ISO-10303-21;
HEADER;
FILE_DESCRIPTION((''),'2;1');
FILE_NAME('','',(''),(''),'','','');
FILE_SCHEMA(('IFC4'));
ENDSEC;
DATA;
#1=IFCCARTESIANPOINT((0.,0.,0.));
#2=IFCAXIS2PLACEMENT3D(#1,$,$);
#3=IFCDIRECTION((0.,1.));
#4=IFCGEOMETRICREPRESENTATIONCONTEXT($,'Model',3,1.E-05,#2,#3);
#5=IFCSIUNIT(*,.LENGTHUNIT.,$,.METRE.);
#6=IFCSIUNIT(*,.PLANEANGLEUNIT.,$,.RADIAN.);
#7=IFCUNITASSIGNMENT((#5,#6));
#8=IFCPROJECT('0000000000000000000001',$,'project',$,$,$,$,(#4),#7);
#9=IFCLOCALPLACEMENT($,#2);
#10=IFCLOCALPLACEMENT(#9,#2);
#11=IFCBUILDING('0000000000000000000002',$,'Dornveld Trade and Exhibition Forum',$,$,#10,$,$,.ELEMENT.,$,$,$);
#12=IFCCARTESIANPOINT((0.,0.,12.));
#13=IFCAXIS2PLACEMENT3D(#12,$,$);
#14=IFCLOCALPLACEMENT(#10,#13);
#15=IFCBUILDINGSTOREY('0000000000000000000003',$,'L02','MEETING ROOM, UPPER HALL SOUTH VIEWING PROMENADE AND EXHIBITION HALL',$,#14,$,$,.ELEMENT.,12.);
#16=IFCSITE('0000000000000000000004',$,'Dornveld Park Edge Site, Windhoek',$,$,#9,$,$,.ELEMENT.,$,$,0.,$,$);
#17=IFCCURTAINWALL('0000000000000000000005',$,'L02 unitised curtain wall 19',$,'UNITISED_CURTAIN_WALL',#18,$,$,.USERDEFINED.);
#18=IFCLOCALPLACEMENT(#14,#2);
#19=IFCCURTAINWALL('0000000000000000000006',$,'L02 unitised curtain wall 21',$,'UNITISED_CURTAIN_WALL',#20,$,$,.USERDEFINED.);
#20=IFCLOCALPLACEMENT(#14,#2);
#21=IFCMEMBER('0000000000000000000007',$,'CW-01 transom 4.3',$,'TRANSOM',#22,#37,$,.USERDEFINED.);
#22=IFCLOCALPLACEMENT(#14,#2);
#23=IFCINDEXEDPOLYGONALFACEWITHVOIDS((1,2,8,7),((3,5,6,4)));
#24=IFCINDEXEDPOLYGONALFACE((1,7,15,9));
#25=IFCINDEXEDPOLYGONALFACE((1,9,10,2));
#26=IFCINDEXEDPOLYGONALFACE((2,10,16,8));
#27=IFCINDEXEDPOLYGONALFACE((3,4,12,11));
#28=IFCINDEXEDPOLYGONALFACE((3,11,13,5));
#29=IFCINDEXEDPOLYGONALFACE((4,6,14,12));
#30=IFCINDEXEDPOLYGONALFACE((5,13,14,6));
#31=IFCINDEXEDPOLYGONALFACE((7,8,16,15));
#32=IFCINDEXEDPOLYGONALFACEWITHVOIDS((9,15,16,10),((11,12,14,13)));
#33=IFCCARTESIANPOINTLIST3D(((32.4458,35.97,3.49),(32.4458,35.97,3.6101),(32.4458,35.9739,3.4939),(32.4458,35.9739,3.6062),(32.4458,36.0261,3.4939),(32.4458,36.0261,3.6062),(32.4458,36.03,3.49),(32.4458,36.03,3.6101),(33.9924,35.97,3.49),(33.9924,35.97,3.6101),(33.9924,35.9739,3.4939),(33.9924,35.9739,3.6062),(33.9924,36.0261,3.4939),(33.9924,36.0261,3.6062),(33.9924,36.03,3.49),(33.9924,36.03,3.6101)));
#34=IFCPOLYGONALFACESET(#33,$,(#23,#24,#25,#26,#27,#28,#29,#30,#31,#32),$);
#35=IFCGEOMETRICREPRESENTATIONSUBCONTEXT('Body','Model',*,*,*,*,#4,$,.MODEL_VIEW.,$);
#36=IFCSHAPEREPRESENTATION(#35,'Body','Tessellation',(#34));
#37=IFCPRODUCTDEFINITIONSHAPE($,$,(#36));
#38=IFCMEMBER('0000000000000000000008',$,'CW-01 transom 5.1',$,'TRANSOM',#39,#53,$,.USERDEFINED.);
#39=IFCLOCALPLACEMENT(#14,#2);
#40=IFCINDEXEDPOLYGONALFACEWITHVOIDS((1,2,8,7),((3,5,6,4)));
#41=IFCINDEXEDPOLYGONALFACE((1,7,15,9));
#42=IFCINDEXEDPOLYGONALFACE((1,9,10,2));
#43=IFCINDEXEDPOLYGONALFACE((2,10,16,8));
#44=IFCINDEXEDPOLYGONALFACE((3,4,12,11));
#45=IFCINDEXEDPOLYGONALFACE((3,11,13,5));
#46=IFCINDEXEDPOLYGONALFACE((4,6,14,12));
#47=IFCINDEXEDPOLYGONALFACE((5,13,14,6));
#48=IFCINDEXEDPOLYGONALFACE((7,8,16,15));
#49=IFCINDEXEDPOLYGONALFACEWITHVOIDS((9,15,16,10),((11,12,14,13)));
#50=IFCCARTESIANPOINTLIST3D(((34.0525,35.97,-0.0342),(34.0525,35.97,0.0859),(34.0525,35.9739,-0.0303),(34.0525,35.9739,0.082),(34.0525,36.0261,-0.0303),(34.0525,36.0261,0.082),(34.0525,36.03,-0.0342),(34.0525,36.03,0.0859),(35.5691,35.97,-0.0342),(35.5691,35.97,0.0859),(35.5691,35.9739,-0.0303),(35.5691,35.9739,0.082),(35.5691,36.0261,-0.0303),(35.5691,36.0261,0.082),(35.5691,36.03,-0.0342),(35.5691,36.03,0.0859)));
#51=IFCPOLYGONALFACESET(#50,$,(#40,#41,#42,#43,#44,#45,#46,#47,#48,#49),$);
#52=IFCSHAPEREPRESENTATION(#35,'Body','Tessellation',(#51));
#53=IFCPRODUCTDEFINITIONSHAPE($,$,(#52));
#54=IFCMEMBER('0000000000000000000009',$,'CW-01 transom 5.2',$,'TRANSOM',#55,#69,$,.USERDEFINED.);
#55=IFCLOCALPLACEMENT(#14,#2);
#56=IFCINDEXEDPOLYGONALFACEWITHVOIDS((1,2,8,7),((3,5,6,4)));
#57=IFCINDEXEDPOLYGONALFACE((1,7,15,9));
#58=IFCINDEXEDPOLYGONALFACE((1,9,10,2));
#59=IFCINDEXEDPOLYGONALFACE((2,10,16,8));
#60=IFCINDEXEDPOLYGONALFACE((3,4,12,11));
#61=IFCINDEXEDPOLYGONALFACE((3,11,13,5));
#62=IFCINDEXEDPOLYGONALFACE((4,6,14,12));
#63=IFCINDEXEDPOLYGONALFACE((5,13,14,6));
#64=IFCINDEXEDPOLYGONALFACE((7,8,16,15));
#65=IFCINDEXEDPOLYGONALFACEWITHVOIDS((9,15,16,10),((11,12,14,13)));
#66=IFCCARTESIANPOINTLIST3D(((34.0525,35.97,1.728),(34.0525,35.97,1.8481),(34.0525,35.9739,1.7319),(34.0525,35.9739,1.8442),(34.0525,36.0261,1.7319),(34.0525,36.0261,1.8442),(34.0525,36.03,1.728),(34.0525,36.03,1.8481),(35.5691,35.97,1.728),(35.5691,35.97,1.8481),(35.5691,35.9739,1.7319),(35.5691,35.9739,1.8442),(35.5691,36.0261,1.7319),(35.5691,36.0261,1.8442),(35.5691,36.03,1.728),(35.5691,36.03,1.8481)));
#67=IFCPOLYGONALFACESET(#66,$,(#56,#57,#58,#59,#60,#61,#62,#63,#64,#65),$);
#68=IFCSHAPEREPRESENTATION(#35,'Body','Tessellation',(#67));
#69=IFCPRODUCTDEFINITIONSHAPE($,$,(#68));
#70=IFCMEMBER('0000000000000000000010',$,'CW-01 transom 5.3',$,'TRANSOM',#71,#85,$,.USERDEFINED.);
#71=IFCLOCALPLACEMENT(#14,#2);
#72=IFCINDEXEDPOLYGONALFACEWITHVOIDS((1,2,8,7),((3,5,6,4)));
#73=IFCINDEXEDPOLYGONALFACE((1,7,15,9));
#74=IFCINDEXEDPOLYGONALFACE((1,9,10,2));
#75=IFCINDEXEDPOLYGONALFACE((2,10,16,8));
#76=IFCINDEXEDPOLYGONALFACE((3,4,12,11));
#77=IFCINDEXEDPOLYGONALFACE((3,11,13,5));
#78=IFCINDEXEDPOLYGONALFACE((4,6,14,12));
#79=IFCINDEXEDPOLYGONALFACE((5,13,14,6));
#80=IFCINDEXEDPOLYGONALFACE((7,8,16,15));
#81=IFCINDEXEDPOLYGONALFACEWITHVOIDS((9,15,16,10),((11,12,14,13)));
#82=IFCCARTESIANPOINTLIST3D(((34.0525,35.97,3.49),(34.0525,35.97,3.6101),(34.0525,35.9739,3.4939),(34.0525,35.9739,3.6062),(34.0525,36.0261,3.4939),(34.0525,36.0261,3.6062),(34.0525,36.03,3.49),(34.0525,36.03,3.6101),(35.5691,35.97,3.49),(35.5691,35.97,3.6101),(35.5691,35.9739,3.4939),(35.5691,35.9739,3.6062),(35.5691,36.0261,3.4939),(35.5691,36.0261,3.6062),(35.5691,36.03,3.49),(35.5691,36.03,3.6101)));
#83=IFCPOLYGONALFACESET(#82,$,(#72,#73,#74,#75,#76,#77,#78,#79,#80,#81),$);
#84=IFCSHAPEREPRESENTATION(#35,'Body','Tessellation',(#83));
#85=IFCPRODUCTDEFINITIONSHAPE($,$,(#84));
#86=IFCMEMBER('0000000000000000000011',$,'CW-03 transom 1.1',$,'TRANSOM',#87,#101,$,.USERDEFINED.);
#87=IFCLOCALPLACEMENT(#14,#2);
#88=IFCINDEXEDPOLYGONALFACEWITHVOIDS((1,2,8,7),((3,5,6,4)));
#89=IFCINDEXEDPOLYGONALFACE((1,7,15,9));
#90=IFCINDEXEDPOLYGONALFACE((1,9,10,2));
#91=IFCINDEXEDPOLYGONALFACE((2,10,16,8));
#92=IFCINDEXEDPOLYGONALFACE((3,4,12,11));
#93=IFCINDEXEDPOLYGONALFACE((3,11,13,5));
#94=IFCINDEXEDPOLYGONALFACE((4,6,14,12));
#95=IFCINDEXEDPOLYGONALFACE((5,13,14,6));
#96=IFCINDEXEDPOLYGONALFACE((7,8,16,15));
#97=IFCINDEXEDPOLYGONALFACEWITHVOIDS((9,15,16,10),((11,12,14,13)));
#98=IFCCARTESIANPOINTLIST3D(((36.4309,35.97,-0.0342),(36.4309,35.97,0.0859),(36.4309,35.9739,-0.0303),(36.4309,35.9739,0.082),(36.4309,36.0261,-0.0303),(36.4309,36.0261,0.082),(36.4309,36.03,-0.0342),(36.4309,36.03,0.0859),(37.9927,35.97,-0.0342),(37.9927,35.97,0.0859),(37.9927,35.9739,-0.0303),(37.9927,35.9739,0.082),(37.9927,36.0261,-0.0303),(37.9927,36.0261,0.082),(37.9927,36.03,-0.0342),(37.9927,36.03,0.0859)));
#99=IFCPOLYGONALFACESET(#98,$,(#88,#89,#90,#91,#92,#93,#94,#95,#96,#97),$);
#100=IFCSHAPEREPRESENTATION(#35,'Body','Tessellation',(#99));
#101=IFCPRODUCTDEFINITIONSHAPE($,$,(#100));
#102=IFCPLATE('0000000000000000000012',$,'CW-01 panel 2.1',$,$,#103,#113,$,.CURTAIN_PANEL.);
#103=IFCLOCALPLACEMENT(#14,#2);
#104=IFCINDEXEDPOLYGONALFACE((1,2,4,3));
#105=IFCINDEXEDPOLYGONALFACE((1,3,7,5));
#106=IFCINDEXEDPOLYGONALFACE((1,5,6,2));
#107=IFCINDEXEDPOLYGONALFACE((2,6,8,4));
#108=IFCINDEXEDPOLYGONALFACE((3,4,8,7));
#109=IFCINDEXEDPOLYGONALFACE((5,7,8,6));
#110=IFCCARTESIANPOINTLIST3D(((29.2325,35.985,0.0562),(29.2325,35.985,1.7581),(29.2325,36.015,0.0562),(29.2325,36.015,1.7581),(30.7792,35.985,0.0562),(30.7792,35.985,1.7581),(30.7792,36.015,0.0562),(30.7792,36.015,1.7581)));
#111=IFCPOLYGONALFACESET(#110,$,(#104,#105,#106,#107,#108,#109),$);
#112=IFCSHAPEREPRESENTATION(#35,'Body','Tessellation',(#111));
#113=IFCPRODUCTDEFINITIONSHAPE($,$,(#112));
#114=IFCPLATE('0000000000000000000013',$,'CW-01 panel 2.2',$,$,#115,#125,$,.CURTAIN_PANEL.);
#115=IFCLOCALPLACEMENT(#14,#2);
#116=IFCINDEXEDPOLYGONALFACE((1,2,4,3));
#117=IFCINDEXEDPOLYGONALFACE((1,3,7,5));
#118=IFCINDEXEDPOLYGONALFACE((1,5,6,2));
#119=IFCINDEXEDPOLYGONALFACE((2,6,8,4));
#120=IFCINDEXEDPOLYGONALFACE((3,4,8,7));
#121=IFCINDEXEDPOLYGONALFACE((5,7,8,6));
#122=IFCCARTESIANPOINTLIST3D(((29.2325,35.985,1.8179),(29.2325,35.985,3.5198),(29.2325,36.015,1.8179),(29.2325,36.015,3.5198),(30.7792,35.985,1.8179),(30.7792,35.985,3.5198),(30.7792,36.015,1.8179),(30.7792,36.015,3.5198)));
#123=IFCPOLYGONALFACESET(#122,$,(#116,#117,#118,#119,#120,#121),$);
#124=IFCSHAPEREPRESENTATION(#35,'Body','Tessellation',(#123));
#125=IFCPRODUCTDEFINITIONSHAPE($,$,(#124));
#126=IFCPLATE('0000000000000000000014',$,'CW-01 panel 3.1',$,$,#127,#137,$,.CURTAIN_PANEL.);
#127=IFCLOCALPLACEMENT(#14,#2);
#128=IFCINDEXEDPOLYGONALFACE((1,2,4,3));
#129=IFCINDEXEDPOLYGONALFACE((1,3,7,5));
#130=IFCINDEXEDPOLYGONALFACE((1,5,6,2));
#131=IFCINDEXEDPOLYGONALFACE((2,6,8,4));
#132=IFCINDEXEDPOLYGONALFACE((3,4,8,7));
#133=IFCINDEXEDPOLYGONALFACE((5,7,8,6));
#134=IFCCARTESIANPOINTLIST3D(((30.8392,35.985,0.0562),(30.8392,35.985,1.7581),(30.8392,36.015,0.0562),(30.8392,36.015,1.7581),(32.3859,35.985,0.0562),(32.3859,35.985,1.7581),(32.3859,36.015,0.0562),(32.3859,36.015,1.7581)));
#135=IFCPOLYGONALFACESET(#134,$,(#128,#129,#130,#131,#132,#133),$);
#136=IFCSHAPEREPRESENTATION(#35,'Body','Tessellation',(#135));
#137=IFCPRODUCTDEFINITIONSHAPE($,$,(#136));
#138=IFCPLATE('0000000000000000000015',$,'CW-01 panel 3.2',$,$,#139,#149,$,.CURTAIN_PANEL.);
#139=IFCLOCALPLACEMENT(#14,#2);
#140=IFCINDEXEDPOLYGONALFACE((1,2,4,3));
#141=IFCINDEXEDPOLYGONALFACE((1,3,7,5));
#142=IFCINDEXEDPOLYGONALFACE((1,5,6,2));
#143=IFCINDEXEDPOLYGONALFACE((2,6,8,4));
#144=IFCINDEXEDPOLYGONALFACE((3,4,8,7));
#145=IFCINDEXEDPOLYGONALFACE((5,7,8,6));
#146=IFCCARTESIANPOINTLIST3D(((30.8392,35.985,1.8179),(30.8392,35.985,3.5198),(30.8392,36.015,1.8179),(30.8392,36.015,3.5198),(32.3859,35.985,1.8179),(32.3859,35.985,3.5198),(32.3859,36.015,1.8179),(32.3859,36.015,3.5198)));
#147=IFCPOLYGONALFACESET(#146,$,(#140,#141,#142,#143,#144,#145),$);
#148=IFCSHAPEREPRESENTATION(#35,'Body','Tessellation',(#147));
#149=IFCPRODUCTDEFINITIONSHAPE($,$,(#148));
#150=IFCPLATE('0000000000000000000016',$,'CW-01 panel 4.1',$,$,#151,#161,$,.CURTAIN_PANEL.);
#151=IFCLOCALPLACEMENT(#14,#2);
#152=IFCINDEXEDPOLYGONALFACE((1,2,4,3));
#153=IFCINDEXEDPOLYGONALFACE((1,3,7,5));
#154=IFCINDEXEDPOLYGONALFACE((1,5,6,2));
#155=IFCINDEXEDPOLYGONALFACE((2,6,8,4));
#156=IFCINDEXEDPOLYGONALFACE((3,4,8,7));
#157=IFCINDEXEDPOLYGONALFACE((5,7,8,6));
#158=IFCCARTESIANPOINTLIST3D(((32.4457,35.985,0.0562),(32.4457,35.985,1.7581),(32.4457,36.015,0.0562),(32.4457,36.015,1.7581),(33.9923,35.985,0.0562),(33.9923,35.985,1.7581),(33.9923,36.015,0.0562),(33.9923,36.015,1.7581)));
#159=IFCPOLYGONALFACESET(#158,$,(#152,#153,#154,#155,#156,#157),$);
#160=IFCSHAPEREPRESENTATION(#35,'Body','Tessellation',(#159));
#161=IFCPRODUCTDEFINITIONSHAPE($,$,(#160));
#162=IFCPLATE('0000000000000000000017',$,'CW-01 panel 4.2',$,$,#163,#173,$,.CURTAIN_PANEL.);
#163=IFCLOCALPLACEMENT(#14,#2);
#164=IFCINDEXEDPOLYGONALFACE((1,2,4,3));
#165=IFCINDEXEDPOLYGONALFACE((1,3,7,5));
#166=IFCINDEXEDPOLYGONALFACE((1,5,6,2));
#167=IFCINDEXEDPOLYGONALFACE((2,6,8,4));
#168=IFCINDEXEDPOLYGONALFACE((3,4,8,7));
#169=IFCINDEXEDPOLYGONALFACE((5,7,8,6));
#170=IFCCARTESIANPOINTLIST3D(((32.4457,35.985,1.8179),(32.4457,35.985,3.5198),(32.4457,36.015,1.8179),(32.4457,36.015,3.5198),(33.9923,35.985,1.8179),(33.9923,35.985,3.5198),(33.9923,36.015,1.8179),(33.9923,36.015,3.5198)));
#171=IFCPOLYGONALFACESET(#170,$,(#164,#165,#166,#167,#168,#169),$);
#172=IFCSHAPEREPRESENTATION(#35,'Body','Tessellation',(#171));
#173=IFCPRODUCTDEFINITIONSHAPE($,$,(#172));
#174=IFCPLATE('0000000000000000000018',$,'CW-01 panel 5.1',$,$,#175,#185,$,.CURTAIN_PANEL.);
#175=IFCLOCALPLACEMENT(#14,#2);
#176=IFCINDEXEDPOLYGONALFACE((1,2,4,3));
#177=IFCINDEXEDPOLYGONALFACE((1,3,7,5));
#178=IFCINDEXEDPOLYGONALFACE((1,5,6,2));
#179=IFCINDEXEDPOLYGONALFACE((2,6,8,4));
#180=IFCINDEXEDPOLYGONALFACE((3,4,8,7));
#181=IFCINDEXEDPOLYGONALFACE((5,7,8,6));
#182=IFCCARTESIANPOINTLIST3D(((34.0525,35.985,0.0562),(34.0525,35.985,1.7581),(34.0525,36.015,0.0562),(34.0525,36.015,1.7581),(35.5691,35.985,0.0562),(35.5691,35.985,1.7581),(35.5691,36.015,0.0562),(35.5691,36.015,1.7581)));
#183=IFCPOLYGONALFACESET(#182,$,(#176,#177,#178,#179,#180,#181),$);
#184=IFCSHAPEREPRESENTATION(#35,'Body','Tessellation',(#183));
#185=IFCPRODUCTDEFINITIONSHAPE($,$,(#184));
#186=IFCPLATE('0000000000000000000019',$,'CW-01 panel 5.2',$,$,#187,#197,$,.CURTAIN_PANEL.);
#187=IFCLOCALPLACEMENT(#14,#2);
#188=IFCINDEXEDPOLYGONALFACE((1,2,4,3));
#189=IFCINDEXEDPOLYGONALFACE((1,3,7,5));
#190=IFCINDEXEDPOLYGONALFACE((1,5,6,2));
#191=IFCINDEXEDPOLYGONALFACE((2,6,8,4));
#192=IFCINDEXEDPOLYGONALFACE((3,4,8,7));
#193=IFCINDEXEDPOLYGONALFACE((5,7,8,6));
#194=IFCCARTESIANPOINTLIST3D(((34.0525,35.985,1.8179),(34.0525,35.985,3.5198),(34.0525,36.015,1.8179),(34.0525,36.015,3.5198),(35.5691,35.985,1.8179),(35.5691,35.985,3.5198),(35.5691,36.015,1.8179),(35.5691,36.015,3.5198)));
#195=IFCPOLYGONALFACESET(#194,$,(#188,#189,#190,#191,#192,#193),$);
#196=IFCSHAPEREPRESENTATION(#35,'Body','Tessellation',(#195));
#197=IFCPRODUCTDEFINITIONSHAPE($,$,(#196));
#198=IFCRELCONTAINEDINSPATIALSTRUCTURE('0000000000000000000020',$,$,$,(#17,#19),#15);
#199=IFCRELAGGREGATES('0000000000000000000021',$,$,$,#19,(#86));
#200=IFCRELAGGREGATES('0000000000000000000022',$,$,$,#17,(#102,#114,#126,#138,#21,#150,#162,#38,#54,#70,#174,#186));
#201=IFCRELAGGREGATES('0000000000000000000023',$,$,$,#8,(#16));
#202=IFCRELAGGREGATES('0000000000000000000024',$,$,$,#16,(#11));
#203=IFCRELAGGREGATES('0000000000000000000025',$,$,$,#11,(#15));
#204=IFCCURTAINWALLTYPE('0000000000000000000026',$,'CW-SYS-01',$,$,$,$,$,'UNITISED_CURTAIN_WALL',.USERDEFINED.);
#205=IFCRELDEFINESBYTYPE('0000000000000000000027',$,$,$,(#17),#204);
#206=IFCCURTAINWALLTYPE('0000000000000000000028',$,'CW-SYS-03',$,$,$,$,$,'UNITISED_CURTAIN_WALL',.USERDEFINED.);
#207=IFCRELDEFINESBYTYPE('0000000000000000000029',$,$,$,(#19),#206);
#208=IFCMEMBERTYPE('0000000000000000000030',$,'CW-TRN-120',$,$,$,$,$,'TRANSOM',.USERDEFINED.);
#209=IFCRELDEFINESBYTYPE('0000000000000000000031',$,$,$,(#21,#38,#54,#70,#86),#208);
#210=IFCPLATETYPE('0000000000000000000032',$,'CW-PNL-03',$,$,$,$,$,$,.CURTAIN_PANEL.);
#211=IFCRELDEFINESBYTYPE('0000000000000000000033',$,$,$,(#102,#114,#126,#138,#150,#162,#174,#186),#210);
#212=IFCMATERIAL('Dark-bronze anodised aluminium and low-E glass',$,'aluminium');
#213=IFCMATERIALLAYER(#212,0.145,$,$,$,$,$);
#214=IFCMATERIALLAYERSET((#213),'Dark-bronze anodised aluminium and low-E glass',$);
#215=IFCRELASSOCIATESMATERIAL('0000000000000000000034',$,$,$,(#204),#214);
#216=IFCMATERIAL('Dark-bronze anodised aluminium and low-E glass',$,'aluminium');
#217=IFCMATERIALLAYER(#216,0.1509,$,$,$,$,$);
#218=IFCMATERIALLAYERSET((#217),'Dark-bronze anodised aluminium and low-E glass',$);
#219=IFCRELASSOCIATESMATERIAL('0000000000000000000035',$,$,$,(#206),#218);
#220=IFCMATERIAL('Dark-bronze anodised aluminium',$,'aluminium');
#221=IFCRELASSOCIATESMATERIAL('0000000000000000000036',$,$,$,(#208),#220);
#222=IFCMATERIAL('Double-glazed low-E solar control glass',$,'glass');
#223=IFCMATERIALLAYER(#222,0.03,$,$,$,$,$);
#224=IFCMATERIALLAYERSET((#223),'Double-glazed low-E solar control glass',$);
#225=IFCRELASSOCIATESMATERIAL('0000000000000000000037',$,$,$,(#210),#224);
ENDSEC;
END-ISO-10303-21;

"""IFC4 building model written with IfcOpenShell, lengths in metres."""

from ifc_helpers import new_model, si_unit, direction, frame, origin, origin_2d, place, context, subcontext, project, spatial, rectangle, hollow_rectangle, extrude, material, layer, layer_set, material_profile, profile_set, type_object, element, aggregate, save


model = new_model("IFC4")

# Units and contexts
model_context = context("Model", 3, precision=1e-05, world=origin(), true_north=direction((0.0, 1.0)))
body_context = subcontext(model_context, "Body", "Model", "MODEL_VIEW")
ifc_project = project(units=[si_unit("LENGTHUNIT", "METRE"), si_unit("PLANEANGLEUNIT", "RADIAN")], contexts=[model_context])

# Site, building, storey
site_placement = place(None, origin())
site = spatial("IfcSite", under=ifc_project, at=site_placement, Name="Dornveld Park Edge Site, Windhoek", CompositionType="ELEMENT", RefElevation=0.0)
building_placement = place(site_placement, origin())
building = spatial("IfcBuilding", under=site, at=building_placement, Name="Dornveld Trade and Exhibition Forum", CompositionType="ELEMENT")
storey_placement = place(building_placement, frame((0.0, 0.0, 12.0)))
storey = spatial("IfcBuildingStorey", under=building, at=storey_placement, Name="L02", Description="MEETING ROOM, UPPER HALL SOUTH VIEWING PROMENADE AND EXHIBITION HALL", CompositionType="ELEMENT", Elevation=12.0)

# Curtain wall
ifc_material_1 = material(Name="Dark-bronze anodised aluminium and low-E glass", Category="aluminium")
ifc_layer_1 = layer(ifc_material_1, 0.145)
ifc_layer_set_1 = layer_set([ifc_layer_1], Name="Dark-bronze anodised aluminium and low-E glass")
curtain_wall_type_1 = type_object("IfcCurtainWallType", Name="CW-SYS-01", ElementType="UNITISED_CURTAIN_WALL", PredefinedType="USERDEFINED", material=ifc_layer_set_1)
curtain_wall_1_placement = place(storey_placement, origin())
curtain_wall_1 = element("IfcCurtainWall", 1, at=curtain_wall_1_placement, inside=storey, type_object=curtain_wall_type_1, Name="L02 unitised curtain wall 19", ObjectType="UNITISED_CURTAIN_WALL", PredefinedType="USERDEFINED")

# Curtain wall
ifc_material_2 = material(Name="Dark-bronze anodised aluminium and low-E glass", Category="aluminium")
ifc_layer_2 = layer(ifc_material_2, 0.1509)
ifc_layer_set_2 = layer_set([ifc_layer_2], Name="Dark-bronze anodised aluminium and low-E glass")
curtain_wall_type_2 = type_object("IfcCurtainWallType", Name="CW-SYS-03", ElementType="UNITISED_CURTAIN_WALL", PredefinedType="USERDEFINED", material=ifc_layer_set_2)
curtain_wall_2_placement = place(storey_placement, origin())
curtain_wall_2 = element("IfcCurtainWall", 2, at=curtain_wall_2_placement, inside=storey, type_object=curtain_wall_type_2, Name="L02 unitised curtain wall 21", ObjectType="UNITISED_CURTAIN_WALL", PredefinedType="USERDEFINED")

# Members
ifc_material_3 = material(Name="Dark-bronze anodised aluminium", Category="aluminium")
ifc_material_profile_1 = material_profile(ifc_material_3, hollow_rectangle(XDim=0.0601, YDim=0.1201, WallThickness=0.0039, at=origin_2d()), Name="RHS 120x60x4")
ifc_profile_set_1 = profile_set([ifc_material_profile_1], Name="Dark-bronze anodised aluminium")
member_type_1 = type_object("IfcMemberType", Name="CW-TRN-120", ElementType="TRANSOM", PredefinedType="USERDEFINED", material=ifc_profile_set_1)
member_1_placement = place(storey_placement, frame((32.4458, 36.0, 3.55), z_axis=(1.0, 0.0, 0.0), x_axis=(0.0, 1.0, 0.0)))
member_1 = element("IfcMember", 3, at=member_1_placement, type_object=member_type_1, Name="CW-01 transom 4.3", ObjectType="TRANSOM", PredefinedType="USERDEFINED", context=body_context, shape_type="SweptSolid", body=[
    extrude(hollow_rectangle(XDim=0.0601, YDim=0.1201, WallThickness=0.0039, at=origin_2d()), origin(), (0.0, 0.0, 1.0), 1.5466),
])
member_2_placement = place(storey_placement, frame((34.0525, 36.0, 0.0259), z_axis=(1.0, 0.0, 0.0), x_axis=(0.0, 1.0, 0.0)))
member_2 = element("IfcMember", 4, at=member_2_placement, type_object=member_type_1, Name="CW-01 transom 5.1", ObjectType="TRANSOM", PredefinedType="USERDEFINED", context=body_context, shape_type="SweptSolid", body=[
    extrude(hollow_rectangle(XDim=0.0601, YDim=0.1201, WallThickness=0.0039, at=origin_2d()), origin(), (0.0, 0.0, 1.0), 1.5166),
])
member_3_placement = place(storey_placement, frame((34.0525, 36.0, 1.7881), z_axis=(1.0, 0.0, 0.0), x_axis=(0.0, 1.0, 0.0)))
member_3 = element("IfcMember", 5, at=member_3_placement, type_object=member_type_1, Name="CW-01 transom 5.2", ObjectType="TRANSOM", PredefinedType="USERDEFINED", context=body_context, shape_type="SweptSolid", body=[
    extrude(hollow_rectangle(XDim=0.0601, YDim=0.1201, WallThickness=0.0039, at=origin_2d()), origin(), (0.0, 0.0, 1.0), 1.5166),
])
member_4_placement = place(storey_placement, frame((34.0525, 36.0, 3.55), z_axis=(1.0, 0.0, 0.0), x_axis=(0.0, 1.0, 0.0)))
member_4 = element("IfcMember", 6, at=member_4_placement, type_object=member_type_1, Name="CW-01 transom 5.3", ObjectType="TRANSOM", PredefinedType="USERDEFINED", context=body_context, shape_type="SweptSolid", body=[
    extrude(hollow_rectangle(XDim=0.0601, YDim=0.1201, WallThickness=0.0039, at=origin_2d()), origin(), (0.0, 0.0, 1.0), 1.5166),
])
member_5_placement = place(storey_placement, frame((36.4309, 36.0, 0.0259), z_axis=(1.0, 0.0, 0.0), x_axis=(0.0, 1.0, 0.0)))
member_5 = element("IfcMember", 7, at=member_5_placement, type_object=member_type_1, Name="CW-03 transom 1.1", ObjectType="TRANSOM", PredefinedType="USERDEFINED", context=body_context, shape_type="SweptSolid", body=[
    extrude(hollow_rectangle(XDim=0.0601, YDim=0.1201, WallThickness=0.0039, at=origin_2d()), origin(), (0.0, 0.0, 1.0), 1.5618),
])
aggregate(curtain_wall_2, [member_5])

# Plates
ifc_material_4 = material(Name="Double-glazed low-E solar control glass", Category="glass")
ifc_layer_3 = layer(ifc_material_4, 0.03)
ifc_layer_set_3 = layer_set([ifc_layer_3], Name="Double-glazed low-E solar control glass")
plate_type = type_object("IfcPlateType", Name="CW-PNL-03", PredefinedType="CURTAIN_PANEL", material=ifc_layer_set_3)
plate_1_placement = place(storey_placement, frame((30.0059, 36.0, 0.0562), z_axis=(0.0, 0.0, 1.0), x_axis=(1.0, 0.0, 0.0)))
plate_1 = element("IfcPlate", 8, at=plate_1_placement, type_object=plate_type, Name="CW-01 panel 2.1", PredefinedType="CURTAIN_PANEL", context=body_context, shape_type="SweptSolid", body=[
    extrude(rectangle(XDim=1.5466, YDim=0.03, at=origin_2d()), origin(), (0.0, 0.0, 1.0), 1.7019),
])
plate_2_placement = place(storey_placement, frame((30.0059, 36.0, 1.8179), z_axis=(0.0, 0.0, 1.0), x_axis=(1.0, 0.0, 0.0)))
plate_2 = element("IfcPlate", 9, at=plate_2_placement, type_object=plate_type, Name="CW-01 panel 2.2", PredefinedType="CURTAIN_PANEL", context=body_context, shape_type="SweptSolid", body=[
    extrude(rectangle(XDim=1.5466, YDim=0.03, at=origin_2d()), origin(), (0.0, 0.0, 1.0), 1.7019),
])
plate_3_placement = place(storey_placement, frame((31.6125, 36.0, 0.0562), z_axis=(0.0, 0.0, 1.0), x_axis=(1.0, 0.0, 0.0)))
plate_3 = element("IfcPlate", 10, at=plate_3_placement, type_object=plate_type, Name="CW-01 panel 3.1", PredefinedType="CURTAIN_PANEL", context=body_context, shape_type="SweptSolid", body=[
    extrude(rectangle(XDim=1.5466, YDim=0.03, at=origin_2d()), origin(), (0.0, 0.0, 1.0), 1.7019),
])
plate_4_placement = place(storey_placement, frame((31.6125, 36.0, 1.8179), z_axis=(0.0, 0.0, 1.0), x_axis=(1.0, 0.0, 0.0)))
plate_4 = element("IfcPlate", 11, at=plate_4_placement, type_object=plate_type, Name="CW-01 panel 3.2", PredefinedType="CURTAIN_PANEL", context=body_context, shape_type="SweptSolid", body=[
    extrude(rectangle(XDim=1.5466, YDim=0.03, at=origin_2d()), origin(), (0.0, 0.0, 1.0), 1.7019),
])
plate_5_placement = place(storey_placement, frame((33.219, 36.0, 0.0562), z_axis=(0.0, 0.0, 1.0), x_axis=(1.0, 0.0, 0.0)))
plate_5 = element("IfcPlate", 12, at=plate_5_placement, type_object=plate_type, Name="CW-01 panel 4.1", PredefinedType="CURTAIN_PANEL", context=body_context, shape_type="SweptSolid", body=[
    extrude(rectangle(XDim=1.5466, YDim=0.03, at=origin_2d()), origin(), (0.0, 0.0, 1.0), 1.7019),
])
plate_6_placement = place(storey_placement, frame((33.219, 36.0, 1.8179), z_axis=(0.0, 0.0, 1.0), x_axis=(1.0, 0.0, 0.0)))
plate_6 = element("IfcPlate", 13, at=plate_6_placement, type_object=plate_type, Name="CW-01 panel 4.2", PredefinedType="CURTAIN_PANEL", context=body_context, shape_type="SweptSolid", body=[
    extrude(rectangle(XDim=1.5466, YDim=0.03, at=origin_2d()), origin(), (0.0, 0.0, 1.0), 1.7019),
])
plate_7_placement = place(storey_placement, frame((34.8108, 36.0, 0.0562), z_axis=(0.0, 0.0, 1.0), x_axis=(1.0, 0.0, 0.0)))
plate_7 = element("IfcPlate", 14, at=plate_7_placement, type_object=plate_type, Name="CW-01 panel 5.1", PredefinedType="CURTAIN_PANEL", context=body_context, shape_type="SweptSolid", body=[
    extrude(rectangle(XDim=1.5166, YDim=0.03, at=origin_2d()), origin(), (0.0, 0.0, 1.0), 1.7019),
])
plate_8_placement = place(storey_placement, frame((34.8108, 36.0, 1.8179), z_axis=(0.0, 0.0, 1.0), x_axis=(1.0, 0.0, 0.0)))
plate_8 = element("IfcPlate", 15, at=plate_8_placement, type_object=plate_type, Name="CW-01 panel 5.2", PredefinedType="CURTAIN_PANEL", context=body_context, shape_type="SweptSolid", body=[
    extrude(rectangle(XDim=1.5166, YDim=0.03, at=origin_2d()), origin(), (0.0, 0.0, 1.0), 1.7019),
])
aggregate(curtain_wall_1, [plate_1, plate_2, plate_3, plate_4, member_1, plate_5, plate_6, member_2, member_3, member_4, plate_7, plate_8])

save(model, "model.ifc")
